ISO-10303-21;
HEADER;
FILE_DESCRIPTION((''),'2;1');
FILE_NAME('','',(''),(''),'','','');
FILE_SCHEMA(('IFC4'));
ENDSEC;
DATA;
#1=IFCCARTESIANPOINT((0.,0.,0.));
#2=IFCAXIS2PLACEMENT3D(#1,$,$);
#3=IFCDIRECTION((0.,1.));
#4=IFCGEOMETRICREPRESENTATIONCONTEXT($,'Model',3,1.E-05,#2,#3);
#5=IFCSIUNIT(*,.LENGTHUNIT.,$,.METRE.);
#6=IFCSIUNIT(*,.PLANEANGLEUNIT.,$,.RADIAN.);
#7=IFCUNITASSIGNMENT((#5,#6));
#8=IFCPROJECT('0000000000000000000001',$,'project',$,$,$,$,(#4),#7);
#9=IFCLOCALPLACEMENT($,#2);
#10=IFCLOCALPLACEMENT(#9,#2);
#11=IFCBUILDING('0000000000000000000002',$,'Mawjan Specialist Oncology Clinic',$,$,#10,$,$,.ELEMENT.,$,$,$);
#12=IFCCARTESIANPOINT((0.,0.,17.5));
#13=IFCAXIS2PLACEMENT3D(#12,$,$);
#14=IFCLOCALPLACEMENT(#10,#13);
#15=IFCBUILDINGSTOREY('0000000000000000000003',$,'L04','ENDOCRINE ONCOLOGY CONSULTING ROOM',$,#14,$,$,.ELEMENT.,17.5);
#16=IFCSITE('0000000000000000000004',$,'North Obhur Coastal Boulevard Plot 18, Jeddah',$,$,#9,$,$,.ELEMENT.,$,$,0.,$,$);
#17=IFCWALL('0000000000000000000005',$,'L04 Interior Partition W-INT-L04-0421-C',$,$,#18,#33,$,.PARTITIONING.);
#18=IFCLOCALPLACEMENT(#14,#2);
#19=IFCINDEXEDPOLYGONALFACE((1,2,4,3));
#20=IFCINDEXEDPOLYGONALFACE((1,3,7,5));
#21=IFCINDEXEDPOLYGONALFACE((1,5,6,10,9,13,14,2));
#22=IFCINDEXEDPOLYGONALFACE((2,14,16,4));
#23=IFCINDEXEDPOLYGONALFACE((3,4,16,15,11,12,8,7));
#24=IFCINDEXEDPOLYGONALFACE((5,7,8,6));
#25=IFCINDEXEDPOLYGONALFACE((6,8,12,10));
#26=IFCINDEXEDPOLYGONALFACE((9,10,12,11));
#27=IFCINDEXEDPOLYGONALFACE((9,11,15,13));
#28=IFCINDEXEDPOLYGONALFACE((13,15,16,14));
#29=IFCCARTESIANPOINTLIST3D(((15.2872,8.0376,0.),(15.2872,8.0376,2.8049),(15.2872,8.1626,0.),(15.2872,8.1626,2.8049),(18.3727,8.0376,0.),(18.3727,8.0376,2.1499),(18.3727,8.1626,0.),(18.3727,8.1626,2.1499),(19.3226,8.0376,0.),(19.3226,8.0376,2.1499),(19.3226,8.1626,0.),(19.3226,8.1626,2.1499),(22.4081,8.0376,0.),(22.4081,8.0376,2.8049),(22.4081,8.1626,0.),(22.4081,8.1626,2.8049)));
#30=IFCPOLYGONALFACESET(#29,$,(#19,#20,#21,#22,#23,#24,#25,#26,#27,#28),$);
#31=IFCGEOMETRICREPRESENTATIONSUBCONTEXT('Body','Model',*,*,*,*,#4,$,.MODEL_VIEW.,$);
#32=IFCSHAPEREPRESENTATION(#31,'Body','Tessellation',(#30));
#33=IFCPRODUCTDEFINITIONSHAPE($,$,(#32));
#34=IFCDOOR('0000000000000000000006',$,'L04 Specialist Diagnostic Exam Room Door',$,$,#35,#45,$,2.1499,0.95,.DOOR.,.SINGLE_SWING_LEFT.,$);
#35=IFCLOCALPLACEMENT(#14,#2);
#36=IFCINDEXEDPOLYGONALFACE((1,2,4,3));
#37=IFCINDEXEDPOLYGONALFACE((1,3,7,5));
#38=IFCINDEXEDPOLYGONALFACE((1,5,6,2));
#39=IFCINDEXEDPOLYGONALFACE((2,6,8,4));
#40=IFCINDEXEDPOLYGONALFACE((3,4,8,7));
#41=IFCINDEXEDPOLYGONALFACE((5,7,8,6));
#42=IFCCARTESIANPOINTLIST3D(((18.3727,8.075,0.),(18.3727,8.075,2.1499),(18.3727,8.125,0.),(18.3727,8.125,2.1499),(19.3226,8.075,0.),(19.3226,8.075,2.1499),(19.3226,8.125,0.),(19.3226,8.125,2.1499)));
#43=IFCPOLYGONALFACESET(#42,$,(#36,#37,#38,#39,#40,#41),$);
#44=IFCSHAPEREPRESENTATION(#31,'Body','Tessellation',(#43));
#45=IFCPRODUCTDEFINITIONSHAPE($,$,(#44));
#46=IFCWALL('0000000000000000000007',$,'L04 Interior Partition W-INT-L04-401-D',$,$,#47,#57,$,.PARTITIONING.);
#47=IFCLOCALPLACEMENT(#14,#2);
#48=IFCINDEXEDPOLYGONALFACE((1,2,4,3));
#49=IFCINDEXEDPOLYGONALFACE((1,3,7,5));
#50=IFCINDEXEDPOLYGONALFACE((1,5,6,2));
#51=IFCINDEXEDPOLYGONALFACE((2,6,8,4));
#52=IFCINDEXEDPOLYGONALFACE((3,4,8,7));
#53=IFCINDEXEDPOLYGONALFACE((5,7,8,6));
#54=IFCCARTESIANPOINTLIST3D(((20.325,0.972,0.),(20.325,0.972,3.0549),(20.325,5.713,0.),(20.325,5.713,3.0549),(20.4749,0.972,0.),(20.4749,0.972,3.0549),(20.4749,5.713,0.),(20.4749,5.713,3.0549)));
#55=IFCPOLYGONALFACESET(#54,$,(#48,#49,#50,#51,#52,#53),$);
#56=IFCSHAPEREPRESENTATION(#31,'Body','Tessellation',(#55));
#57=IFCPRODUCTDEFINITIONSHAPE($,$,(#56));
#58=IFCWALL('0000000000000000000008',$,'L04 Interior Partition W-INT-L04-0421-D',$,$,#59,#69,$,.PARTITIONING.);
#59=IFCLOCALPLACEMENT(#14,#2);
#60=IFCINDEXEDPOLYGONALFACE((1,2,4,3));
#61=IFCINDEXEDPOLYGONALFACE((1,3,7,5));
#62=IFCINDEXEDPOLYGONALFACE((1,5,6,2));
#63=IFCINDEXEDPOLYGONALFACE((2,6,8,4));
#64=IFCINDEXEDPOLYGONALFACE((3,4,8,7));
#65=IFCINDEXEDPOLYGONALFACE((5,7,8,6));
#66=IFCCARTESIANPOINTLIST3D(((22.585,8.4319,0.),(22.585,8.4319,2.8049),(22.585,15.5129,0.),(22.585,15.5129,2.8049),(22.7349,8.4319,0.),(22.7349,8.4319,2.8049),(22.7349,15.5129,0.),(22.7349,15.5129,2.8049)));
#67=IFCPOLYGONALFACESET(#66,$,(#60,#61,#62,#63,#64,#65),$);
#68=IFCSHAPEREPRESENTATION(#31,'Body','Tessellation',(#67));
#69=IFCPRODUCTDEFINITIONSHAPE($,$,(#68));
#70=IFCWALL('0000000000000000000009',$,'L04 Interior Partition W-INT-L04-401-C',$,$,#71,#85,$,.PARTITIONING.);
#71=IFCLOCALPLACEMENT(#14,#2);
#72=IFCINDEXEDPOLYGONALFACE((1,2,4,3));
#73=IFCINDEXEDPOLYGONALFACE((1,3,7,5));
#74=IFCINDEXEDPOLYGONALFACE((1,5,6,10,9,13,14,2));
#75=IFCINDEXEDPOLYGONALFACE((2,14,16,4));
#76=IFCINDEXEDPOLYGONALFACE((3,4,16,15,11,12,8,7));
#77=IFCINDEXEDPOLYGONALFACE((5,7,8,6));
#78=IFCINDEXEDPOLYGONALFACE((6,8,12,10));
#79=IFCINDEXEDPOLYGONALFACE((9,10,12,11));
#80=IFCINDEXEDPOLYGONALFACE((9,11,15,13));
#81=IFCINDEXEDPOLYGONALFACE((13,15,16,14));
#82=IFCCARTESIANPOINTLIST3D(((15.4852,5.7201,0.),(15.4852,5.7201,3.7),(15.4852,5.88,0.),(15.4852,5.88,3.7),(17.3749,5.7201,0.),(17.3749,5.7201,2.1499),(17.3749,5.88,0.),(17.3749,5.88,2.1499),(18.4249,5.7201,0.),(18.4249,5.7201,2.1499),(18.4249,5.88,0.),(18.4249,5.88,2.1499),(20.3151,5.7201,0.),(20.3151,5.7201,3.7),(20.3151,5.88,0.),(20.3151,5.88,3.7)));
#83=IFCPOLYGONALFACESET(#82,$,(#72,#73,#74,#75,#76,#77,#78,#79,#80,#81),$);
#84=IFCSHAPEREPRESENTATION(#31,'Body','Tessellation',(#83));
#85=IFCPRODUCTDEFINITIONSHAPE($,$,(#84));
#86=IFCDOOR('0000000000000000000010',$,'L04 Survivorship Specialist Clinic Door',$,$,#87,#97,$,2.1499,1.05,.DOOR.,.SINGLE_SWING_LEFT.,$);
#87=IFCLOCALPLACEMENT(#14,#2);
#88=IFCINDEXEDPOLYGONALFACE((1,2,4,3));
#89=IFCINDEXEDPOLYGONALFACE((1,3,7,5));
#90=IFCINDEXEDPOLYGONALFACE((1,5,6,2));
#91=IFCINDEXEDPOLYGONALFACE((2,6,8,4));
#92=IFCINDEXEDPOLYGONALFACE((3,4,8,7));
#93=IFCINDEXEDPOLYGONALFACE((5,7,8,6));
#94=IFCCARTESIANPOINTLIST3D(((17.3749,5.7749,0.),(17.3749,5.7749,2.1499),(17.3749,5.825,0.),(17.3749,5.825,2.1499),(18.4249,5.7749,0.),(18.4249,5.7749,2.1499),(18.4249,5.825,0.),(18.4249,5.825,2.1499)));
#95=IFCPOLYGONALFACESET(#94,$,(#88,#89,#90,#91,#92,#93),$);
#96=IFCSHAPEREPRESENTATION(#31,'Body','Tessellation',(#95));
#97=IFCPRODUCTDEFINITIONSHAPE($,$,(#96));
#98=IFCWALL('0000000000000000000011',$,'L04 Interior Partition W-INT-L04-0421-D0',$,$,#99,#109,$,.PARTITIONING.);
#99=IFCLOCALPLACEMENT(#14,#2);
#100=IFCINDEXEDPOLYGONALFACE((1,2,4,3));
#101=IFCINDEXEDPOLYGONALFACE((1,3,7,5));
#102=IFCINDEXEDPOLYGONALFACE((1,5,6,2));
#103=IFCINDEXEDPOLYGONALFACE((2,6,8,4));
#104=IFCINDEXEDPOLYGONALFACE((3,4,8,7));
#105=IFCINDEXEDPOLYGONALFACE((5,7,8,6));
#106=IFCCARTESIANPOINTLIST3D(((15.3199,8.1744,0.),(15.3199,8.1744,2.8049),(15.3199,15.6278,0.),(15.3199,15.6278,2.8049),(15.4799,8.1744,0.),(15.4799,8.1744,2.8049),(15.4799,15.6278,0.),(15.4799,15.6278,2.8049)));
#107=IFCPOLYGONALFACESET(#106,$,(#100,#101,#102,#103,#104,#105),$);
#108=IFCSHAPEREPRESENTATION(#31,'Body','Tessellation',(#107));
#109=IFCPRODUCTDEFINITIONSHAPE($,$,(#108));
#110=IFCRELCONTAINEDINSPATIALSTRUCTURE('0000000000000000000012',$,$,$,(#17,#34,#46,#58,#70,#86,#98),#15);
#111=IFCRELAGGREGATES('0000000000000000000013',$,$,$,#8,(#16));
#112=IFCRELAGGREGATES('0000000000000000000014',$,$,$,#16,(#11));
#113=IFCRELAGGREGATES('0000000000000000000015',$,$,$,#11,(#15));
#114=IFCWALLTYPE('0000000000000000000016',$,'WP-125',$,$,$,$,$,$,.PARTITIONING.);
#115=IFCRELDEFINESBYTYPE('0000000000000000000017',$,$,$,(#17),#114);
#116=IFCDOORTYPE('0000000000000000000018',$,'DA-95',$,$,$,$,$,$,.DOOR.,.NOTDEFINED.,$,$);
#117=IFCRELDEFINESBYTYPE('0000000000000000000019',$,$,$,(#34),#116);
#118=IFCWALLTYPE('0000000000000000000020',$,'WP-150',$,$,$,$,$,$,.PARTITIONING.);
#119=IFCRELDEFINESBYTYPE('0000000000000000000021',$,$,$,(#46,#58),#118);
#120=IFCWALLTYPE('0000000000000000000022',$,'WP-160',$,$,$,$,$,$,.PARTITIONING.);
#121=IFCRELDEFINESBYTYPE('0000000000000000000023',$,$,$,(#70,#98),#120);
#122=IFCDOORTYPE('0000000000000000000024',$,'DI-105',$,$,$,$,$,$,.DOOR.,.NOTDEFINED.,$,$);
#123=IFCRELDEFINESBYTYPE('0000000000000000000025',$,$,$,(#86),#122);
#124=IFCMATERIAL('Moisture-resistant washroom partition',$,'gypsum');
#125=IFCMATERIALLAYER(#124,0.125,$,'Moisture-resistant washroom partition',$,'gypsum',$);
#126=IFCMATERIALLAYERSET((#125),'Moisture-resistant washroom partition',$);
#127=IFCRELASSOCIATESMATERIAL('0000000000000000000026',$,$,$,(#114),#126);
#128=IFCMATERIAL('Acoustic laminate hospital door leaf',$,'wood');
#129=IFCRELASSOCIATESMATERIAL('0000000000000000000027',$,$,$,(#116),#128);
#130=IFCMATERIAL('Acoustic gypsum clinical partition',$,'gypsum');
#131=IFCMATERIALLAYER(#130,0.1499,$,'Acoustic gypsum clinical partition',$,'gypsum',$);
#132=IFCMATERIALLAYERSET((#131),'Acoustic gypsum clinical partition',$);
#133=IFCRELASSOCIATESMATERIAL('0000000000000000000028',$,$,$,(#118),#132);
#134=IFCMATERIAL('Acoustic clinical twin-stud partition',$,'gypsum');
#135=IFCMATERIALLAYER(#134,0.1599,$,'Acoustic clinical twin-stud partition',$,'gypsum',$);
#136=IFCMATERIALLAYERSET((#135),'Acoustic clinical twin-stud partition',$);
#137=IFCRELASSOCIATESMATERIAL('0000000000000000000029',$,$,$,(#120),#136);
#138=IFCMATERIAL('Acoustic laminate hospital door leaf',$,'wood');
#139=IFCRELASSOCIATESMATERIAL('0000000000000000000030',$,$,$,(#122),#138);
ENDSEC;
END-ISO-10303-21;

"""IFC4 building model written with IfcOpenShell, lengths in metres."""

from ifc_helpers import new_model, si_unit, direction, frame, frame_2d, origin, place, context, subcontext, project, spatial, rectangle, extrude, material, layer, layer_set, type_object, element, fill, save


model = new_model("IFC4")

# Units and contexts
model_context = context("Model", 3, precision=1e-05, world=origin(), true_north=direction((0.0, 1.0)))
body_context = subcontext(model_context, "Body", "Model", "MODEL_VIEW")
ifc_project = project(units=[si_unit("LENGTHUNIT", "METRE"), si_unit("PLANEANGLEUNIT", "RADIAN")], contexts=[model_context])

# Site, building, storey
site_placement = place(None, origin())
site = spatial("IfcSite", under=ifc_project, at=site_placement, Name="North Obhur Coastal Boulevard Plot 18, Jeddah", CompositionType="ELEMENT", RefElevation=0.0)
building_placement = place(site_placement, origin())
building = spatial("IfcBuilding", under=site, at=building_placement, Name="Mawjan Specialist Oncology Clinic", CompositionType="ELEMENT")
storey_placement = place(building_placement, frame((0.0, 0.0, 17.5)))
storey = spatial("IfcBuildingStorey", under=building, at=storey_placement, Name="L04", Description="ENDOCRINE ONCOLOGY CONSULTING ROOM", CompositionType="ELEMENT", Elevation=17.5)

# Wall, opening, door
ifc_material_1 = material(Name="Moisture-resistant washroom partition", Category="gypsum")
ifc_layer_1 = layer(ifc_material_1, 0.125, Name="Moisture-resistant washroom partition", Category="gypsum")
ifc_layer_set_1 = layer_set([ifc_layer_1], Name="Moisture-resistant washroom partition")
wall_type_1 = type_object("IfcWallType", Name="WP-125", PredefinedType="PARTITIONING", material=ifc_layer_set_1)
wall_1_placement = place(storey_placement, frame((15.2871, 8.1001, 0.0), z_axis=(0.0, 0.0, 1.0), x_axis=(1.0, 0.0, 0.0)))
wall_1 = element("IfcWall", 1, at=wall_1_placement, inside=storey, type_object=wall_type_1, Name="L04 Interior Partition W-INT-L04-0421-C", PredefinedType="PARTITIONING", context=body_context, shape_type="SweptSolid", body=[
    extrude(rectangle(XDim=7.1208, YDim=0.125, at=frame_2d((3.5605, 0.0))), origin(), (0.0, 0.0, 1.0), 2.8049),
])
opening_1_placement = place(wall_1_placement, frame((3.0854, 0.0, 0.0)))
opening_1 = element("IfcOpeningElement", 2, at=opening_1_placement, cuts=wall_1, PredefinedType="OPENING", context=body_context, shape_type="SweptSolid", body=[
    extrude(rectangle(XDim=0.95, YDim=2.1499, at=frame_2d((0.4751, 1.075))), frame((0.0, 0.0745, 0.0), z_axis=(0.0, -1.0, 0.0), x_axis=(1.0, 0.0, 0.0)), (0.0, 0.0, 1.0), 0.1489),
])
ifc_material_2 = material(Name="Acoustic laminate hospital door leaf", Category="wood")
door_type_1 = type_object("IfcDoorType", Name="DA-95", OperationType="NOTDEFINED", PredefinedType="DOOR", material=ifc_material_2)
door_1_placement = place(opening_1_placement, origin())
door_1 = element("IfcDoor", 3, at=door_1_placement, inside=storey, type_object=door_type_1, Name="L04 Specialist Diagnostic Exam Room Door", OperationType="SINGLE_SWING_LEFT", OverallHeight=2.1499, OverallWidth=0.95, PredefinedType="DOOR", context=body_context, shape_type="SweptSolid", body=[
    extrude(rectangle(XDim=0.95, YDim=2.1499, at=frame_2d((0.4751, 1.075))), frame((0.0, 0.0249, 0.0), z_axis=(0.0, -1.0, 0.0), x_axis=(1.0, 0.0, 0.0)), (0.0, 0.0, 1.0), 0.05),
])
fill(opening_1, door_1)
ifc_material_3 = material(Name="Acoustic gypsum clinical partition", Category="gypsum")
ifc_layer_2 = layer(ifc_material_3, 0.1499, Name="Acoustic gypsum clinical partition", Category="gypsum")
ifc_layer_set_2 = layer_set([ifc_layer_2], Name="Acoustic gypsum clinical partition")
wall_type_2 = type_object("IfcWallType", Name="WP-150", PredefinedType="PARTITIONING", material=ifc_layer_set_2)

# Walls
wall_2_placement = place(storey_placement, frame((20.3999, 0.9719, 0.0), z_axis=(0.0, 0.0, 1.0), x_axis=(0.0, 1.0, 0.0)))
element("IfcWall", 4, at=wall_2_placement, inside=storey, type_object=wall_type_2, Name="L04 Interior Partition W-INT-L04-401-D", PredefinedType="PARTITIONING", context=body_context, shape_type="SweptSolid", body=[
    extrude(rectangle(XDim=4.741, YDim=0.1499, at=frame_2d((2.3706, 0.0))), origin(), (0.0, 0.0, 1.0), 3.0549),
])
wall_3_placement = place(storey_placement, frame((22.6599, 8.4319, 0.0), z_axis=(0.0, 0.0, 1.0), x_axis=(0.0, 1.0, 0.0)))
element("IfcWall", 5, at=wall_3_placement, inside=storey, type_object=wall_type_2, Name="L04 Interior Partition W-INT-L04-0421-D", PredefinedType="PARTITIONING", context=body_context, shape_type="SweptSolid", body=[
    extrude(rectangle(XDim=7.0811, YDim=0.1499, at=frame_2d((3.5405, 0.0))), origin(), (0.0, 0.0, 1.0), 2.8049),
])

# Wall, opening, door
ifc_material_4 = material(Name="Acoustic clinical twin-stud partition", Category="gypsum")
ifc_layer_3 = layer(ifc_material_4, 0.1599, Name="Acoustic clinical twin-stud partition", Category="gypsum")
ifc_layer_set_3 = layer_set([ifc_layer_3], Name="Acoustic clinical twin-stud partition")
wall_type_3 = type_object("IfcWallType", Name="WP-160", PredefinedType="PARTITIONING", material=ifc_layer_set_3)
wall_4_placement = place(storey_placement, frame((15.4851, 5.8, 0.0), z_axis=(0.0, 0.0, 1.0), x_axis=(1.0, 0.0, 0.0)))
wall_4 = element("IfcWall", 6, at=wall_4_placement, inside=storey, type_object=wall_type_3, Name="L04 Interior Partition W-INT-L04-401-C", PredefinedType="PARTITIONING", context=body_context, shape_type="SweptSolid", body=[
    extrude(rectangle(XDim=4.8298, YDim=0.1599, at=frame_2d((2.415, 0.0))), origin(), (0.0, 0.0, 1.0), 3.7),
])
opening_2_placement = place(wall_4_placement, frame((1.8899, 0.0, 0.0)))
opening_2 = element("IfcOpeningElement", 7, at=opening_2_placement, cuts=wall_4, PredefinedType="OPENING", context=body_context, shape_type="SweptSolid", body=[
    extrude(rectangle(XDim=1.05, YDim=2.1499, at=frame_2d((0.5249, 1.075))), frame((0.0, 0.092, 0.0), z_axis=(0.0, -1.0, 0.0), x_axis=(1.0, 0.0, 0.0)), (0.0, 0.0, 1.0), 0.1838),
])
ifc_material_5 = material(Name="Acoustic laminate hospital door leaf", Category="wood")
door_type_2 = type_object("IfcDoorType", Name="DI-105", OperationType="NOTDEFINED", PredefinedType="DOOR", material=ifc_material_5)
door_2_placement = place(opening_2_placement, origin())
door_2 = element("IfcDoor", 8, at=door_2_placement, inside=storey, type_object=door_type_2, Name="L04 Survivorship Specialist Clinic Door", OperationType="SINGLE_SWING_LEFT", OverallHeight=2.1499, OverallWidth=1.05, PredefinedType="DOOR", context=body_context, shape_type="SweptSolid", body=[
    extrude(rectangle(XDim=1.05, YDim=2.1499, at=frame_2d((0.5249, 1.075))), frame((0.0, 0.0249, 0.0), z_axis=(0.0, -1.0, 0.0), x_axis=(1.0, 0.0, 0.0)), (0.0, 0.0, 1.0), 0.05),
])
fill(opening_2, door_2)

# Wall
wall_5_placement = place(storey_placement, frame((15.3999, 8.1746, 0.0), z_axis=(0.0, 0.0, 1.0), x_axis=(0.0, 1.0, 0.0)))
element("IfcWall", 9, at=wall_5_placement, inside=storey, type_object=wall_type_3, Name="L04 Interior Partition W-INT-L04-0421-D0", PredefinedType="PARTITIONING", context=body_context, shape_type="SweptSolid", body=[
    extrude(rectangle(XDim=7.4534, YDim=0.1599, at=frame_2d((3.7266, 0.0))), origin(), (0.0, 0.0, 1.0), 2.8049),
])

save(model, "model.ifc")
